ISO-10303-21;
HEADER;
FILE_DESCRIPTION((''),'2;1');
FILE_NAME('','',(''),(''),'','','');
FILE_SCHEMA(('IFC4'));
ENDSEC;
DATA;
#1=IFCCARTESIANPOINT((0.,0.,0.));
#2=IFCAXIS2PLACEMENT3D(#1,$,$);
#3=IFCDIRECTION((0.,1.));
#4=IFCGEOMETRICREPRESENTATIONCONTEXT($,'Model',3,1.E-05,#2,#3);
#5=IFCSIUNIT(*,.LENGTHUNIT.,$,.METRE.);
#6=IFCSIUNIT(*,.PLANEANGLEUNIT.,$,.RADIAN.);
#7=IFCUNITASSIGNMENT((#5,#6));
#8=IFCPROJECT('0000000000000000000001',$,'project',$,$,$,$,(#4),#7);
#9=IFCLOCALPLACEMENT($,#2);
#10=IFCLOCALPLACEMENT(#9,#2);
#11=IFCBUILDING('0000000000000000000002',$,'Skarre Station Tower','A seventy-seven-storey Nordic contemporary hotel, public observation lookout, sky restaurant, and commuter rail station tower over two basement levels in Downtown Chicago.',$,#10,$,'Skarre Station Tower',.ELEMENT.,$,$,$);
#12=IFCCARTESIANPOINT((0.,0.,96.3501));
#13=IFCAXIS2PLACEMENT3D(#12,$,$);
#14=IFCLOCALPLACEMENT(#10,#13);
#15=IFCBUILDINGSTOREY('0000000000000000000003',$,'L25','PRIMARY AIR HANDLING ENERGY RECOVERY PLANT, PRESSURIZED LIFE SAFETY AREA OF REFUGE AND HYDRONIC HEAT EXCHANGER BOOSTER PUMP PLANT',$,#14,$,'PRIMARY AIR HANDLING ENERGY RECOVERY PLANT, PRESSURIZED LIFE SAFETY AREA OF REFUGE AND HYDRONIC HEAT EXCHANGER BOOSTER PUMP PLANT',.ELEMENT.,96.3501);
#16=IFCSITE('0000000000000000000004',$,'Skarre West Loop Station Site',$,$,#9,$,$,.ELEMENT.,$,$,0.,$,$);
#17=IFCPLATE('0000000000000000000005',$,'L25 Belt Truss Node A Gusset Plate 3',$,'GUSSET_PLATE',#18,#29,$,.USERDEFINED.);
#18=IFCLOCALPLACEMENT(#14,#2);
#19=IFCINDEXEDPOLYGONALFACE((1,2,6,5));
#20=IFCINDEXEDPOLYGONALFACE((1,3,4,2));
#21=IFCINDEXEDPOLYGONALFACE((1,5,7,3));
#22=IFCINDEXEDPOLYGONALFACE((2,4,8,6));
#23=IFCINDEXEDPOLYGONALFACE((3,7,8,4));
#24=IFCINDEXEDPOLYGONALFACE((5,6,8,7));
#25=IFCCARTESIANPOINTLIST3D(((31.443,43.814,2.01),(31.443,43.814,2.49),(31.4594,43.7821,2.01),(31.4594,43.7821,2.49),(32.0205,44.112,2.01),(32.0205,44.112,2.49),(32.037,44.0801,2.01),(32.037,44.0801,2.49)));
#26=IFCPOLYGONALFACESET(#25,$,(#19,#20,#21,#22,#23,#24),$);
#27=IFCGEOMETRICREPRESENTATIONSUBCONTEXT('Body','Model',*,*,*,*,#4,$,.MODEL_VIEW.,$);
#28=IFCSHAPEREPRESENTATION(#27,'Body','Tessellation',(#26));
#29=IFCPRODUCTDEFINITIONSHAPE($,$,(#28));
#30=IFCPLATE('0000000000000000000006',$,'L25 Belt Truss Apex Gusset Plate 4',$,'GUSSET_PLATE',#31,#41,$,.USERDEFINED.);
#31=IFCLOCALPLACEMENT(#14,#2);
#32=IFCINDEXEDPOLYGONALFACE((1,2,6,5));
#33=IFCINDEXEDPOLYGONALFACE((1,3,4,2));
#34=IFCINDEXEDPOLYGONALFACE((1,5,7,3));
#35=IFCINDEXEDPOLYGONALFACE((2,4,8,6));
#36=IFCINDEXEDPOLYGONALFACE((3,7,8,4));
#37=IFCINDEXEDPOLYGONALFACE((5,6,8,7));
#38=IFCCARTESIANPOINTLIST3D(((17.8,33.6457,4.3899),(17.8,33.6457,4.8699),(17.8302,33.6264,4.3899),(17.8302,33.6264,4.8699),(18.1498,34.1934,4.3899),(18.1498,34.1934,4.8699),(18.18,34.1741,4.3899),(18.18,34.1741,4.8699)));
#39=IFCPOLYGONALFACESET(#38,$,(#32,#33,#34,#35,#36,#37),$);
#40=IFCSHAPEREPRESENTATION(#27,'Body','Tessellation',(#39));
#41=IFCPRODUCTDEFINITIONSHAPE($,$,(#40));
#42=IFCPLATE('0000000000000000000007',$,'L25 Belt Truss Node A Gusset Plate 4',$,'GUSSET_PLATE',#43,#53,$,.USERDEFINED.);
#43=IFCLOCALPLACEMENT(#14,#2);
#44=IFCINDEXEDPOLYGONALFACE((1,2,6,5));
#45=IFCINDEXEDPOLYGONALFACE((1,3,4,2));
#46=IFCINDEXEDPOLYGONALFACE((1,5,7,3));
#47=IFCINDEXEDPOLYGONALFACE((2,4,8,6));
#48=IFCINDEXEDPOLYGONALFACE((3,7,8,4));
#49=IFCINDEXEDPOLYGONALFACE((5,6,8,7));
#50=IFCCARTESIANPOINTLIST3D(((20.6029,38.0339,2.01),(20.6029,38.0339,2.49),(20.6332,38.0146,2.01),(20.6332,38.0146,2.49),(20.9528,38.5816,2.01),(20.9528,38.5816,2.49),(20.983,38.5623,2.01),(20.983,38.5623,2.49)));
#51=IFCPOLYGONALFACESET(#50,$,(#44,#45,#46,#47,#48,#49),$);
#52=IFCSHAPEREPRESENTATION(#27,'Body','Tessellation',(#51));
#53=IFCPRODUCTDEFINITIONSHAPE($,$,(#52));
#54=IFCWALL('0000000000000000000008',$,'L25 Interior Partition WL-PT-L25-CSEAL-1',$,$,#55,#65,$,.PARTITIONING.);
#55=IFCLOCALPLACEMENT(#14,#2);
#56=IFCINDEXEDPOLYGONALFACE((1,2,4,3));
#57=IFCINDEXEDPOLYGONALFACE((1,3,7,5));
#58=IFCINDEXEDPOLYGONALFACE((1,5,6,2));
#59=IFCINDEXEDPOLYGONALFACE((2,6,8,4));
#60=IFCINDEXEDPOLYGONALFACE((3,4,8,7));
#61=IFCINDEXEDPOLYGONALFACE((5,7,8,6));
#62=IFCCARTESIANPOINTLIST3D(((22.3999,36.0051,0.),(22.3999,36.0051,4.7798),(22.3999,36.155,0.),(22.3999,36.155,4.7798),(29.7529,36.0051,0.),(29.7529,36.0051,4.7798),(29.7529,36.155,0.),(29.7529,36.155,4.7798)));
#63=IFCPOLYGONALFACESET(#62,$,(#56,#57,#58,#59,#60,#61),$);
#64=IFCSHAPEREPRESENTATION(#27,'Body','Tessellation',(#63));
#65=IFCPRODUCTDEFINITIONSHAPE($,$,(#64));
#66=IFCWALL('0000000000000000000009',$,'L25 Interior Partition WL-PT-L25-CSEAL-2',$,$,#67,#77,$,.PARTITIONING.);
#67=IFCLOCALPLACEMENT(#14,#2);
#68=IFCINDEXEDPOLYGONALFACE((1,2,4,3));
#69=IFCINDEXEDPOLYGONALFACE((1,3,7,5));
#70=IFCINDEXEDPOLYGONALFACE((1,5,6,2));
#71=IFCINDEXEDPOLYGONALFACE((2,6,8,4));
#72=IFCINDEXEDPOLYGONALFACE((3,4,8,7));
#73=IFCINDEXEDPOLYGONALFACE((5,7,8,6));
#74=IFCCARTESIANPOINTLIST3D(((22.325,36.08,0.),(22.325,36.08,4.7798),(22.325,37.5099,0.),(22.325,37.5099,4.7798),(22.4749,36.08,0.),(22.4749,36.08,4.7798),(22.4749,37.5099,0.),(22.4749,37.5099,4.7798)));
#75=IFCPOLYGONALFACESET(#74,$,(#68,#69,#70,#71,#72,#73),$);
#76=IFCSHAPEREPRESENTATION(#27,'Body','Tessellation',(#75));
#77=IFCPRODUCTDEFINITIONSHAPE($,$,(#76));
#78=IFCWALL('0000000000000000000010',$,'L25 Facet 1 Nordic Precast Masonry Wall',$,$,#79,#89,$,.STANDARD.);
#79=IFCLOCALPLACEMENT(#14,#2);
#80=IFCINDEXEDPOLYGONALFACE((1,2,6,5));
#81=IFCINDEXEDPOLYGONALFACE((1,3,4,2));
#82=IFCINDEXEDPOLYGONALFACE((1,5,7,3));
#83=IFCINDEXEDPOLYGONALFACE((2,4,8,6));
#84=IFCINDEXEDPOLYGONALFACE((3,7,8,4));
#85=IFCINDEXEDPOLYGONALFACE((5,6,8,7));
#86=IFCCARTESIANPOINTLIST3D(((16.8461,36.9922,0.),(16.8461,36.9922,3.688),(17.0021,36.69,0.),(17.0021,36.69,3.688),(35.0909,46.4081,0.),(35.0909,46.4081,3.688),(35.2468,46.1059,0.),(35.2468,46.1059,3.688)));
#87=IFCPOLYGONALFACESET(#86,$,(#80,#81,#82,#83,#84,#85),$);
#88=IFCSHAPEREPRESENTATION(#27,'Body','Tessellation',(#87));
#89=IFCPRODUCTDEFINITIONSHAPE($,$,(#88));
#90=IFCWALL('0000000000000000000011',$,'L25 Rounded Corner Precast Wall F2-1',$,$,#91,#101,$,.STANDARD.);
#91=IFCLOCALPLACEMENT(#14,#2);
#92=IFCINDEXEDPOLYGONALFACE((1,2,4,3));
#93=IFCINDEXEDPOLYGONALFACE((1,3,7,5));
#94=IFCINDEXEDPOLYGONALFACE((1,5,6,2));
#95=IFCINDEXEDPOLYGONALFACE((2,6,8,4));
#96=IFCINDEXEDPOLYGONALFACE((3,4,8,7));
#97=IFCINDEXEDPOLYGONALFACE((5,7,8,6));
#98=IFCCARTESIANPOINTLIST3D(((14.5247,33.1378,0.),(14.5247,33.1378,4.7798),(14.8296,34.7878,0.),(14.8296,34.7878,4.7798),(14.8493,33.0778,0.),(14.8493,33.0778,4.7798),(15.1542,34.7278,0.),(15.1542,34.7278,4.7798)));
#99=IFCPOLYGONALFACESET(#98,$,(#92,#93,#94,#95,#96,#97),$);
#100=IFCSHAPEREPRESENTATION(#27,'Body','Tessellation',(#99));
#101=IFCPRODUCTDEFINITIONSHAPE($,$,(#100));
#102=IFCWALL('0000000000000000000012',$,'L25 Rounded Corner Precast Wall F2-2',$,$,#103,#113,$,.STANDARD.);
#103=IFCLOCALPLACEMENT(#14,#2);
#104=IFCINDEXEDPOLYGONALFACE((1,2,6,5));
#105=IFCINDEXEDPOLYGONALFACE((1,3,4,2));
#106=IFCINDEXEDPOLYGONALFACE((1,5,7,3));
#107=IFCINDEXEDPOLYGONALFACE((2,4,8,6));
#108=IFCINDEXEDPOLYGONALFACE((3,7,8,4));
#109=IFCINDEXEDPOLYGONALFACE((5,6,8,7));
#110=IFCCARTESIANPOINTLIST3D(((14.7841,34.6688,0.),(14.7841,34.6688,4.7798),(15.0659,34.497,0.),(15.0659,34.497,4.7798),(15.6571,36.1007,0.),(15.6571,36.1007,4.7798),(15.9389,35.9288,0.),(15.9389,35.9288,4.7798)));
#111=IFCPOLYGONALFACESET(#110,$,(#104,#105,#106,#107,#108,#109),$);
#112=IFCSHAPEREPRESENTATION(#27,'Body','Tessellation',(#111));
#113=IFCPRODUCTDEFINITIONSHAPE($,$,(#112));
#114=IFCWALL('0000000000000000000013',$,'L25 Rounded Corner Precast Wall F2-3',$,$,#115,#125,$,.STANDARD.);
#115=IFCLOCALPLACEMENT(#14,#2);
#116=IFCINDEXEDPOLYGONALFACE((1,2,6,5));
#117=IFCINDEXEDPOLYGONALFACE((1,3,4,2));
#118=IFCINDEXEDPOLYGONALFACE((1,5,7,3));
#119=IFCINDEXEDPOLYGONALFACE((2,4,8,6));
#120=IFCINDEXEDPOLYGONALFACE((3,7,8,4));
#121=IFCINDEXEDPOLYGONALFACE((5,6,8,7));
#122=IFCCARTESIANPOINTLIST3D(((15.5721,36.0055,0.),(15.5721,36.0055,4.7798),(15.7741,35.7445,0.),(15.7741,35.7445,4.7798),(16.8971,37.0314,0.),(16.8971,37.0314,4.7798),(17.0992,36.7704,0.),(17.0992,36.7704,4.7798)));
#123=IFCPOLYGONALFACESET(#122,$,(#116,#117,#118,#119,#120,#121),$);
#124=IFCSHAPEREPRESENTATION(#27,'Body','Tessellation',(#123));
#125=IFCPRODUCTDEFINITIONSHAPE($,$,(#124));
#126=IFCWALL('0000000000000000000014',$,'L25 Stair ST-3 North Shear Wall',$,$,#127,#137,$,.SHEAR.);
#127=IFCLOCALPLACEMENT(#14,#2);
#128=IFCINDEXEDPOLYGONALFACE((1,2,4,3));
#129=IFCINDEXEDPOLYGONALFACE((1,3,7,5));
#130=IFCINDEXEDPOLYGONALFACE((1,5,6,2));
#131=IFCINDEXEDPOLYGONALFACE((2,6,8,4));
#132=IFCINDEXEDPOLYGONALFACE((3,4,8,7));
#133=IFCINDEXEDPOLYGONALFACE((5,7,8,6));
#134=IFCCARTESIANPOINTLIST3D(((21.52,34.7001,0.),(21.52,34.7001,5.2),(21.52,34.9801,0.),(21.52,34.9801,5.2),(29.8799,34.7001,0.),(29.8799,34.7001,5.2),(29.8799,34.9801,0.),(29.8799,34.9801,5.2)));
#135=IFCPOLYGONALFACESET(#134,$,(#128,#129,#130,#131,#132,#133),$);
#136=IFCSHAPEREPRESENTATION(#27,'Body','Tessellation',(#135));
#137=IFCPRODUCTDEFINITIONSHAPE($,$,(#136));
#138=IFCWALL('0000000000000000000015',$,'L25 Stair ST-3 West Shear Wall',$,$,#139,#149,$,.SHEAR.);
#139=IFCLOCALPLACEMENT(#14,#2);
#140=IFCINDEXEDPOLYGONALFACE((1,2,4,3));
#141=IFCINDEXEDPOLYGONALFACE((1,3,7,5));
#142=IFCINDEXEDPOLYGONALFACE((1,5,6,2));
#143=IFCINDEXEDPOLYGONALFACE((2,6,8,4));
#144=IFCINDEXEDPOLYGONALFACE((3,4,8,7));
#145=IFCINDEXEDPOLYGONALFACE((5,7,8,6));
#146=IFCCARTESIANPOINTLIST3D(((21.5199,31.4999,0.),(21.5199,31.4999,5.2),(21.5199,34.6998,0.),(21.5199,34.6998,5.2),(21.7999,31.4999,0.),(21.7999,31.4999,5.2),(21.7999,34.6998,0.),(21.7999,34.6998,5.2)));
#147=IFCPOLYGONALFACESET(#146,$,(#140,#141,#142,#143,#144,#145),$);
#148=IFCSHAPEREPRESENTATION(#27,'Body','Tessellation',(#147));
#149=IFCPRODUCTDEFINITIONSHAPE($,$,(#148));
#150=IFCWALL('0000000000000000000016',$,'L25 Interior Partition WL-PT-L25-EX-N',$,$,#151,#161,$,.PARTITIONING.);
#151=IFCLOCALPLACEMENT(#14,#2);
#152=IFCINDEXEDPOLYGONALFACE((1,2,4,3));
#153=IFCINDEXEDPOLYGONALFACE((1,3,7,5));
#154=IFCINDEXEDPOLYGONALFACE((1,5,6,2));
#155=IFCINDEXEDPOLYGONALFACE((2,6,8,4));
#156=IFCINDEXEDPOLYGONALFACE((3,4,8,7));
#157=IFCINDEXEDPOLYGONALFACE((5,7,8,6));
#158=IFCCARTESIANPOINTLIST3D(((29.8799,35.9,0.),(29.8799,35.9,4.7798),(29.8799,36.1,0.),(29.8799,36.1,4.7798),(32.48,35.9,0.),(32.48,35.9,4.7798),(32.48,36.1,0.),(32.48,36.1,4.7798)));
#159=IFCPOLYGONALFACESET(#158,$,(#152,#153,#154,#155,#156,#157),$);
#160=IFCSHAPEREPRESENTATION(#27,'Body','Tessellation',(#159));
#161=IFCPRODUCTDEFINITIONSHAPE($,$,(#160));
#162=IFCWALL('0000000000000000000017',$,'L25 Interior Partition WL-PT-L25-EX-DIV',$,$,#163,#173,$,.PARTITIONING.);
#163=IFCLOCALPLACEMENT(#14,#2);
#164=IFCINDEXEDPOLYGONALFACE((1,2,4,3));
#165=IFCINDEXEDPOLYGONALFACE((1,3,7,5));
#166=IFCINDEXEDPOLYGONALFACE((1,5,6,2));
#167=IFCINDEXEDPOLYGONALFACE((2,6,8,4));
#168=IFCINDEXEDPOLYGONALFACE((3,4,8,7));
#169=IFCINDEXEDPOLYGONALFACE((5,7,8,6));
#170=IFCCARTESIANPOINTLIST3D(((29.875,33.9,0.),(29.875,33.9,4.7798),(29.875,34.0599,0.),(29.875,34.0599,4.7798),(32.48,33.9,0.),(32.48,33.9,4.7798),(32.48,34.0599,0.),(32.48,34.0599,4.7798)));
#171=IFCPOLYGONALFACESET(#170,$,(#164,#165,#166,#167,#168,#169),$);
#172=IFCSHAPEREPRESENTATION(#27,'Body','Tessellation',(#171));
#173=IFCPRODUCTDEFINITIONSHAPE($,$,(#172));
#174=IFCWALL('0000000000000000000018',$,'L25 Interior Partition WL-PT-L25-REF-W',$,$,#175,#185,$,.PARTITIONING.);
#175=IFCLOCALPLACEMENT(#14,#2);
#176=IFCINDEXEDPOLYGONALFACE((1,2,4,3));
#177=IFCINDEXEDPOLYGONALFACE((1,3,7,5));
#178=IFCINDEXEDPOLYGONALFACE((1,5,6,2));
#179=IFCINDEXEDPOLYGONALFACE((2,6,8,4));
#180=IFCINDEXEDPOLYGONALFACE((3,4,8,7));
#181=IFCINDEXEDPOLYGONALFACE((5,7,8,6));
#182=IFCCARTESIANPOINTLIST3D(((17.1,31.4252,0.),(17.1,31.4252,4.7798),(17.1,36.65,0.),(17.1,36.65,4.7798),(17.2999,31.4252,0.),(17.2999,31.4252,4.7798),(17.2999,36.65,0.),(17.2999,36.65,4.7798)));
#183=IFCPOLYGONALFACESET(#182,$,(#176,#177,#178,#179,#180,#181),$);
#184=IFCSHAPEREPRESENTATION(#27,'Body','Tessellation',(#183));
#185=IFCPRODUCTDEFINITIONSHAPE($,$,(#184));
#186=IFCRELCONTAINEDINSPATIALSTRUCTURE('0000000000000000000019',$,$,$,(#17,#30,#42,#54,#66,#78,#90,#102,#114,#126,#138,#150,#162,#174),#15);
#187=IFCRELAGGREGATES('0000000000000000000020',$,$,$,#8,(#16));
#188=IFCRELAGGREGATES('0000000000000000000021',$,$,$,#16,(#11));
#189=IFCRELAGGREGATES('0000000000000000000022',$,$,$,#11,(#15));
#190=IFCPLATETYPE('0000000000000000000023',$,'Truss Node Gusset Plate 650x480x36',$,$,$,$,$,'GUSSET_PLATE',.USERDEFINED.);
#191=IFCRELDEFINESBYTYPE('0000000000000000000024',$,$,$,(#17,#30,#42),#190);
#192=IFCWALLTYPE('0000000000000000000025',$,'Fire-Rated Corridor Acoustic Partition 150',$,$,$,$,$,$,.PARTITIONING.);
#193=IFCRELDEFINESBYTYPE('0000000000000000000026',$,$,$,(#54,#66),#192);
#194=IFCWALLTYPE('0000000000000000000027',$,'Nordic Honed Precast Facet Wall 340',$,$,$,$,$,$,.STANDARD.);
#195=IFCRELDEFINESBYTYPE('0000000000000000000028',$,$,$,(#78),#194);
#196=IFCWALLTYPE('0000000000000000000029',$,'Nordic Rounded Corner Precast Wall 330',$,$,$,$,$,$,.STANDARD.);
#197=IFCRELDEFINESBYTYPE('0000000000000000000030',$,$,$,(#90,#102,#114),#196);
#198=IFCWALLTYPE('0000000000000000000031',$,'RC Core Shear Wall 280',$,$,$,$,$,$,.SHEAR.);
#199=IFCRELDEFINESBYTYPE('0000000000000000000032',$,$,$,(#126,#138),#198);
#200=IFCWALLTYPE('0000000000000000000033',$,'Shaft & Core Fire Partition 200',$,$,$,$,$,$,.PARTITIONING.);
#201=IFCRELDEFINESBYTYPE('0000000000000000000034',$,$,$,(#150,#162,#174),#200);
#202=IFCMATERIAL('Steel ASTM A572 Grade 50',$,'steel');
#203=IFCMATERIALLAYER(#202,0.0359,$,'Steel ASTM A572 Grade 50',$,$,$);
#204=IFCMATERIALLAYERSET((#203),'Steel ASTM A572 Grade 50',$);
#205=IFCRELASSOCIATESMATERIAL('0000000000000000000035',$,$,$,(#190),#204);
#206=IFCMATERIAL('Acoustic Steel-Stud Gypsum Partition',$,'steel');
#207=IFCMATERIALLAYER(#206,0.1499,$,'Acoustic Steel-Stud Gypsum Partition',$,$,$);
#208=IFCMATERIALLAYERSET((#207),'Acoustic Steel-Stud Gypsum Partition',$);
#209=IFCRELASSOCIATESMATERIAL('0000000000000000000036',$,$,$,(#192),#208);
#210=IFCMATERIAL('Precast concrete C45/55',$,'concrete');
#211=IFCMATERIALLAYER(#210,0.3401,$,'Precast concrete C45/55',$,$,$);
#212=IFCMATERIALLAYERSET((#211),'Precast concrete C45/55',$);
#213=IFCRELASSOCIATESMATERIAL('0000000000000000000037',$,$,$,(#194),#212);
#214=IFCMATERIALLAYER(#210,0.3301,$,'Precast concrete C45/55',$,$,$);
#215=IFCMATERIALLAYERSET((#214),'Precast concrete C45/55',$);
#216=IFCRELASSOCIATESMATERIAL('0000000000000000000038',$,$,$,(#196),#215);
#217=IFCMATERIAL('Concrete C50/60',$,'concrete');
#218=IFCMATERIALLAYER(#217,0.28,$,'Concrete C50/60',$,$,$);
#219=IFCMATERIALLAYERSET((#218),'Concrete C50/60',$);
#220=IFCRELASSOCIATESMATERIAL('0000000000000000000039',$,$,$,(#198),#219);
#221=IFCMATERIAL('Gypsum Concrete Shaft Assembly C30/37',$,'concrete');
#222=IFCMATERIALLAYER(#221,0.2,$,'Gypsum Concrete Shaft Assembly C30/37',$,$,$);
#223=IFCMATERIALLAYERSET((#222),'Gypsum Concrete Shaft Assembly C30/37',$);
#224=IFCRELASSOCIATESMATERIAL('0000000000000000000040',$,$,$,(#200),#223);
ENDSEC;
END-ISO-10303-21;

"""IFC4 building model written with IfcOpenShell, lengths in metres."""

from ifc_helpers import new_model, si_unit, direction, frame, frame_2d, origin, origin_2d, place, context, subcontext, project, spatial, rectangle, extrude, material, layer, layer_set, type_object, element, save


model = new_model("IFC4")

# Units and contexts
model_context = context("Model", 3, precision=1e-05, world=origin(), true_north=direction((0.0, 1.0)))
body_context = subcontext(model_context, "Body", "Model", "MODEL_VIEW")
ifc_project = project(units=[si_unit("LENGTHUNIT", "METRE"), si_unit("PLANEANGLEUNIT", "RADIAN")], contexts=[model_context])

# Site, building, storey
site_placement = place(None, origin())
site = spatial("IfcSite", under=ifc_project, at=site_placement, Name="Skarre West Loop Station Site", CompositionType="ELEMENT", RefElevation=0.0)
building_placement = place(site_placement, origin())
building = spatial("IfcBuilding", under=site, at=building_placement, Name="Skarre Station Tower", Description="A seventy-seven-storey Nordic contemporary hotel, public observation lookout, sky restaurant, and commuter rail station tower over two basement levels in Downtown Chicago.", LongName="Skarre Station Tower", CompositionType="ELEMENT")
storey_placement = place(building_placement, frame((0.0, 0.0, 96.3501)))
storey = spatial("IfcBuildingStorey", under=building, at=storey_placement, Name="L25", Description="PRIMARY AIR HANDLING ENERGY RECOVERY PLANT, PRESSURIZED LIFE SAFETY AREA OF REFUGE AND HYDRONIC HEAT EXCHANGER BOOSTER PUMP PLANT", LongName="PRIMARY AIR HANDLING ENERGY RECOVERY PLANT, PRESSURIZED LIFE SAFETY AREA OF REFUGE AND HYDRONIC HEAT EXCHANGER BOOSTER PUMP PLANT", CompositionType="ELEMENT", Elevation=96.3501)

# Plates
ifc_material_1 = material(Name="Steel ASTM A572 Grade 50", Category="steel")
ifc_layer_1 = layer(ifc_material_1, 0.0359, Name="Steel ASTM A572 Grade 50")
ifc_layer_set_1 = layer_set([ifc_layer_1], Name="Steel ASTM A572 Grade 50")
plate_type_1 = type_object("IfcPlateType", Name="Truss Node Gusset Plate 650x480x36", ElementType="GUSSET_PLATE", PredefinedType="USERDEFINED", material=ifc_layer_set_1)
for number, where, z_axis, x_axis, name in (
    (1, (31.74, 43.947, 2.01), (0.0, 0.0, 1.0), (-0.888657, -0.458572, 0.0), "L25 Belt Truss Node A Gusset Plate 3"),
    (2, (17.99, 33.9099, 4.3899), (0.0, 0.0, 1.0), (-0.538285, -0.842763, 0.0), "L25 Belt Truss Apex Gusset Plate 4"),
    (3, (20.793, 38.2981, 2.01), (0.0, 0.0, 1.0), (-0.538285, -0.842763, 0.0), "L25 Belt Truss Node A Gusset Plate 4"),
):
    element("IfcPlate", number, at=place(storey_placement, frame(where, z_axis=z_axis, x_axis=x_axis)), inside=storey, type_object=plate_type_1, Name=name, ObjectType="GUSSET_PLATE", PredefinedType="USERDEFINED", context=body_context, shape_type="SweptSolid", body=[
        extrude(rectangle(XDim=0.6499, YDim=0.0359, at=origin_2d()), origin(), (0.0, 0.0, 1.0), 0.48),
    ])

# Walls
ifc_material_2 = material(Name="Acoustic Steel-Stud Gypsum Partition", Category="steel")
ifc_layer_2 = layer(ifc_material_2, 0.1499, Name="Acoustic Steel-Stud Gypsum Partition")
ifc_layer_set_2 = layer_set([ifc_layer_2], Name="Acoustic Steel-Stud Gypsum Partition")
wall_type_1 = type_object("IfcWallType", Name="Fire-Rated Corridor Acoustic Partition 150", PredefinedType="PARTITIONING", material=ifc_layer_set_2)
wall_1_placement = place(storey_placement, frame((29.7529, 36.0801, 0.0), z_axis=(0.0, 0.0, 1.0), x_axis=(-1.0, 0.0, 0.0)))
element("IfcWall", 4, at=wall_1_placement, inside=storey, type_object=wall_type_1, Name="L25 Interior Partition WL-PT-L25-CSEAL-1", PredefinedType="PARTITIONING", context=body_context, shape_type="SweptSolid", body=[
    extrude(rectangle(XDim=7.353, YDim=0.1499, at=frame_2d((3.6765, 0.0))), origin(), (0.0, 0.0, 1.0), 4.7798),
])
wall_2_placement = place(storey_placement, frame((22.3999, 36.0801, 0.0), z_axis=(0.0, 0.0, 1.0), x_axis=(0.0, 1.0, 0.0)))
element("IfcWall", 5, at=wall_2_placement, inside=storey, type_object=wall_type_1, Name="L25 Interior Partition WL-PT-L25-CSEAL-2", PredefinedType="PARTITIONING", context=body_context, shape_type="SweptSolid", body=[
    extrude(rectangle(XDim=1.4299, YDim=0.1499, at=frame_2d((0.7148, 0.0))), origin(), (0.0, 0.0, 1.0), 4.7798),
])
ifc_material_3 = material(Name="Precast concrete C45/55", Category="concrete")
ifc_layer_3 = layer(ifc_material_3, 0.3401, Name="Precast concrete C45/55")
ifc_layer_set_3 = layer_set([ifc_layer_3], Name="Precast concrete C45/55")
wall_type_2 = type_object("IfcWallType", Name="Nordic Honed Precast Facet Wall 340", PredefinedType="STANDARD", material=ifc_layer_set_3)
wall_3_placement = place(storey_placement, frame((16.9241, 36.8411, 0.0), z_axis=(0.0, 0.0, 1.0), x_axis=(0.888634, 0.458616, 0.0)))
element("IfcWall", 6, at=wall_3_placement, inside=storey, type_object=wall_type_2, Name="L25 Facet 1 Nordic Precast Masonry Wall", PredefinedType="STANDARD", context=body_context, shape_type="SweptSolid", body=[
    extrude(rectangle(XDim=20.5312, YDim=0.3401, at=frame_2d((10.2656, 0.0))), origin(), (0.0, 0.0, 1.0), 3.688),
])
ifc_layer_4 = layer(ifc_material_3, 0.3301, Name="Precast concrete C45/55")
ifc_layer_set_4 = layer_set([ifc_layer_4], Name="Precast concrete C45/55")
wall_type_3 = type_object("IfcWallType", Name="Nordic Rounded Corner Precast Wall 330", PredefinedType="STANDARD", material=ifc_layer_set_4)
wall_4_placement = place(storey_placement, frame((14.687, 33.1079, 0.0), z_axis=(0.0, 0.0, 1.0), x_axis=(0.181714, 0.983351, 0.0)))
element("IfcWall", 7, at=wall_4_placement, inside=storey, type_object=wall_type_3, Name="L25 Rounded Corner Precast Wall F2-1", PredefinedType="STANDARD", context=body_context, shape_type="SweptSolid", body=[
    extrude(rectangle(XDim=1.678, YDim=0.3301, at=frame_2d((0.8389, 0.0))), origin(), (0.0, 0.0, 1.0), 4.7798),
])
wall_5_placement = place(storey_placement, frame((14.925, 34.583, 0.0), z_axis=(0.0, 0.0, 1.0), x_axis=(0.520584, 0.85381, 0.0)))
element("IfcWall", 8, at=wall_5_placement, inside=storey, type_object=wall_type_3, Name="L25 Rounded Corner Precast Wall F2-2", PredefinedType="STANDARD", context=body_context, shape_type="SweptSolid", body=[
    extrude(rectangle(XDim=1.677, YDim=0.3301, at=frame_2d((0.8384, 0.0))), origin(), (0.0, 0.0, 1.0), 4.7798),
])
wall_6_placement = place(storey_placement, frame((15.6731, 35.875, 0.0), z_axis=(0.0, 0.0, 1.0), x_axis=(0.790692, 0.612214, 0.0)))
element("IfcWall", 9, at=wall_6_placement, inside=storey, type_object=wall_type_3, Name="L25 Rounded Corner Precast Wall F2-3", PredefinedType="STANDARD", context=body_context, shape_type="SweptSolid", body=[
    extrude(rectangle(XDim=1.6758, YDim=0.3301, at=frame_2d((0.8379, 0.0))), origin(), (0.0, 0.0, 1.0), 4.7798),
])
ifc_material_4 = material(Name="Concrete C50/60", Category="concrete")
ifc_layer_5 = layer(ifc_material_4, 0.28, Name="Concrete C50/60")
ifc_layer_set_5 = layer_set([ifc_layer_5], Name="Concrete C50/60")
wall_type_4 = type_object("IfcWallType", Name="RC Core Shear Wall 280", PredefinedType="SHEAR", material=ifc_layer_set_5)
wall_7_placement = place(storey_placement, frame((29.8799, 34.8401, 0.0), z_axis=(0.0, 0.0, 1.0), x_axis=(-1.0, 0.0, 0.0)))
element("IfcWall", 10, at=wall_7_placement, inside=storey, type_object=wall_type_4, Name="L25 Stair ST-3 North Shear Wall", PredefinedType="SHEAR", context=body_context, shape_type="SweptSolid", body=[
    extrude(rectangle(XDim=8.3599, YDim=0.28, at=frame_2d((4.1799, 0.0))), origin(), (0.0, 0.0, 1.0), 5.2),
])
wall_8_placement = place(storey_placement, frame((21.6599, 34.7, 0.0), z_axis=(0.0, 0.0, 1.0), x_axis=(0.0, -1.0, 0.0)))
element("IfcWall", 11, at=wall_8_placement, inside=storey, type_object=wall_type_4, Name="L25 Stair ST-3 West Shear Wall", PredefinedType="SHEAR", context=body_context, shape_type="SweptSolid", body=[
    extrude(rectangle(XDim=3.2, YDim=0.28, at=frame_2d((1.6001, 0.0))), origin(), (0.0, 0.0, 1.0), 5.2),
])
ifc_material_5 = material(Name="Gypsum Concrete Shaft Assembly C30/37", Category="concrete")
ifc_layer_6 = layer(ifc_material_5, 0.2, Name="Gypsum Concrete Shaft Assembly C30/37")
ifc_layer_set_6 = layer_set([ifc_layer_6], Name="Gypsum Concrete Shaft Assembly C30/37")
wall_type_5 = type_object("IfcWallType", Name="Shaft & Core Fire Partition 200", PredefinedType="PARTITIONING", material=ifc_layer_set_6)
wall_9_placement = place(storey_placement, frame((29.8799, 36.0, 0.0), z_axis=(0.0, 0.0, 1.0), x_axis=(1.0, 0.0, 0.0)))
element("IfcWall", 12, at=wall_9_placement, inside=storey, type_object=wall_type_5, Name="L25 Interior Partition WL-PT-L25-EX-N", PredefinedType="PARTITIONING", context=body_context, shape_type="SweptSolid", body=[
    extrude(rectangle(XDim=2.6001, YDim=0.2, at=frame_2d((1.3, 0.0))), origin(), (0.0, 0.0, 1.0), 4.7798),
])
wall_10_placement = place(storey_placement, frame((29.875, 33.98, 0.0), z_axis=(0.0, 0.0, 1.0), x_axis=(1.0, 0.0, 0.0)))
element("IfcWall", 13, at=wall_10_placement, inside=storey, type_object=wall_type_5, Name="L25 Interior Partition WL-PT-L25-EX-DIV", PredefinedType="PARTITIONING", context=body_context, shape_type="SweptSolid", body=[
    extrude(rectangle(XDim=2.605, YDim=0.1599, at=frame_2d((1.3025, 0.0))), origin(), (0.0, 0.0, 1.0), 4.7798),
])
wall_11_placement = place(storey_placement, frame((17.2, 36.6499, 0.0), z_axis=(0.0, 0.0, 1.0), x_axis=(0.0, -1.0, 0.0)))
element("IfcWall", 14, at=wall_11_placement, inside=storey, type_object=wall_type_5, Name="L25 Interior Partition WL-PT-L25-REF-W", PredefinedType="PARTITIONING", context=body_context, shape_type="SweptSolid", body=[
    extrude(rectangle(XDim=5.2249, YDim=0.2, at=frame_2d((2.6123, 0.0))), origin(), (0.0, 0.0, 1.0), 4.7798),
])

save(model, "model.ifc")
